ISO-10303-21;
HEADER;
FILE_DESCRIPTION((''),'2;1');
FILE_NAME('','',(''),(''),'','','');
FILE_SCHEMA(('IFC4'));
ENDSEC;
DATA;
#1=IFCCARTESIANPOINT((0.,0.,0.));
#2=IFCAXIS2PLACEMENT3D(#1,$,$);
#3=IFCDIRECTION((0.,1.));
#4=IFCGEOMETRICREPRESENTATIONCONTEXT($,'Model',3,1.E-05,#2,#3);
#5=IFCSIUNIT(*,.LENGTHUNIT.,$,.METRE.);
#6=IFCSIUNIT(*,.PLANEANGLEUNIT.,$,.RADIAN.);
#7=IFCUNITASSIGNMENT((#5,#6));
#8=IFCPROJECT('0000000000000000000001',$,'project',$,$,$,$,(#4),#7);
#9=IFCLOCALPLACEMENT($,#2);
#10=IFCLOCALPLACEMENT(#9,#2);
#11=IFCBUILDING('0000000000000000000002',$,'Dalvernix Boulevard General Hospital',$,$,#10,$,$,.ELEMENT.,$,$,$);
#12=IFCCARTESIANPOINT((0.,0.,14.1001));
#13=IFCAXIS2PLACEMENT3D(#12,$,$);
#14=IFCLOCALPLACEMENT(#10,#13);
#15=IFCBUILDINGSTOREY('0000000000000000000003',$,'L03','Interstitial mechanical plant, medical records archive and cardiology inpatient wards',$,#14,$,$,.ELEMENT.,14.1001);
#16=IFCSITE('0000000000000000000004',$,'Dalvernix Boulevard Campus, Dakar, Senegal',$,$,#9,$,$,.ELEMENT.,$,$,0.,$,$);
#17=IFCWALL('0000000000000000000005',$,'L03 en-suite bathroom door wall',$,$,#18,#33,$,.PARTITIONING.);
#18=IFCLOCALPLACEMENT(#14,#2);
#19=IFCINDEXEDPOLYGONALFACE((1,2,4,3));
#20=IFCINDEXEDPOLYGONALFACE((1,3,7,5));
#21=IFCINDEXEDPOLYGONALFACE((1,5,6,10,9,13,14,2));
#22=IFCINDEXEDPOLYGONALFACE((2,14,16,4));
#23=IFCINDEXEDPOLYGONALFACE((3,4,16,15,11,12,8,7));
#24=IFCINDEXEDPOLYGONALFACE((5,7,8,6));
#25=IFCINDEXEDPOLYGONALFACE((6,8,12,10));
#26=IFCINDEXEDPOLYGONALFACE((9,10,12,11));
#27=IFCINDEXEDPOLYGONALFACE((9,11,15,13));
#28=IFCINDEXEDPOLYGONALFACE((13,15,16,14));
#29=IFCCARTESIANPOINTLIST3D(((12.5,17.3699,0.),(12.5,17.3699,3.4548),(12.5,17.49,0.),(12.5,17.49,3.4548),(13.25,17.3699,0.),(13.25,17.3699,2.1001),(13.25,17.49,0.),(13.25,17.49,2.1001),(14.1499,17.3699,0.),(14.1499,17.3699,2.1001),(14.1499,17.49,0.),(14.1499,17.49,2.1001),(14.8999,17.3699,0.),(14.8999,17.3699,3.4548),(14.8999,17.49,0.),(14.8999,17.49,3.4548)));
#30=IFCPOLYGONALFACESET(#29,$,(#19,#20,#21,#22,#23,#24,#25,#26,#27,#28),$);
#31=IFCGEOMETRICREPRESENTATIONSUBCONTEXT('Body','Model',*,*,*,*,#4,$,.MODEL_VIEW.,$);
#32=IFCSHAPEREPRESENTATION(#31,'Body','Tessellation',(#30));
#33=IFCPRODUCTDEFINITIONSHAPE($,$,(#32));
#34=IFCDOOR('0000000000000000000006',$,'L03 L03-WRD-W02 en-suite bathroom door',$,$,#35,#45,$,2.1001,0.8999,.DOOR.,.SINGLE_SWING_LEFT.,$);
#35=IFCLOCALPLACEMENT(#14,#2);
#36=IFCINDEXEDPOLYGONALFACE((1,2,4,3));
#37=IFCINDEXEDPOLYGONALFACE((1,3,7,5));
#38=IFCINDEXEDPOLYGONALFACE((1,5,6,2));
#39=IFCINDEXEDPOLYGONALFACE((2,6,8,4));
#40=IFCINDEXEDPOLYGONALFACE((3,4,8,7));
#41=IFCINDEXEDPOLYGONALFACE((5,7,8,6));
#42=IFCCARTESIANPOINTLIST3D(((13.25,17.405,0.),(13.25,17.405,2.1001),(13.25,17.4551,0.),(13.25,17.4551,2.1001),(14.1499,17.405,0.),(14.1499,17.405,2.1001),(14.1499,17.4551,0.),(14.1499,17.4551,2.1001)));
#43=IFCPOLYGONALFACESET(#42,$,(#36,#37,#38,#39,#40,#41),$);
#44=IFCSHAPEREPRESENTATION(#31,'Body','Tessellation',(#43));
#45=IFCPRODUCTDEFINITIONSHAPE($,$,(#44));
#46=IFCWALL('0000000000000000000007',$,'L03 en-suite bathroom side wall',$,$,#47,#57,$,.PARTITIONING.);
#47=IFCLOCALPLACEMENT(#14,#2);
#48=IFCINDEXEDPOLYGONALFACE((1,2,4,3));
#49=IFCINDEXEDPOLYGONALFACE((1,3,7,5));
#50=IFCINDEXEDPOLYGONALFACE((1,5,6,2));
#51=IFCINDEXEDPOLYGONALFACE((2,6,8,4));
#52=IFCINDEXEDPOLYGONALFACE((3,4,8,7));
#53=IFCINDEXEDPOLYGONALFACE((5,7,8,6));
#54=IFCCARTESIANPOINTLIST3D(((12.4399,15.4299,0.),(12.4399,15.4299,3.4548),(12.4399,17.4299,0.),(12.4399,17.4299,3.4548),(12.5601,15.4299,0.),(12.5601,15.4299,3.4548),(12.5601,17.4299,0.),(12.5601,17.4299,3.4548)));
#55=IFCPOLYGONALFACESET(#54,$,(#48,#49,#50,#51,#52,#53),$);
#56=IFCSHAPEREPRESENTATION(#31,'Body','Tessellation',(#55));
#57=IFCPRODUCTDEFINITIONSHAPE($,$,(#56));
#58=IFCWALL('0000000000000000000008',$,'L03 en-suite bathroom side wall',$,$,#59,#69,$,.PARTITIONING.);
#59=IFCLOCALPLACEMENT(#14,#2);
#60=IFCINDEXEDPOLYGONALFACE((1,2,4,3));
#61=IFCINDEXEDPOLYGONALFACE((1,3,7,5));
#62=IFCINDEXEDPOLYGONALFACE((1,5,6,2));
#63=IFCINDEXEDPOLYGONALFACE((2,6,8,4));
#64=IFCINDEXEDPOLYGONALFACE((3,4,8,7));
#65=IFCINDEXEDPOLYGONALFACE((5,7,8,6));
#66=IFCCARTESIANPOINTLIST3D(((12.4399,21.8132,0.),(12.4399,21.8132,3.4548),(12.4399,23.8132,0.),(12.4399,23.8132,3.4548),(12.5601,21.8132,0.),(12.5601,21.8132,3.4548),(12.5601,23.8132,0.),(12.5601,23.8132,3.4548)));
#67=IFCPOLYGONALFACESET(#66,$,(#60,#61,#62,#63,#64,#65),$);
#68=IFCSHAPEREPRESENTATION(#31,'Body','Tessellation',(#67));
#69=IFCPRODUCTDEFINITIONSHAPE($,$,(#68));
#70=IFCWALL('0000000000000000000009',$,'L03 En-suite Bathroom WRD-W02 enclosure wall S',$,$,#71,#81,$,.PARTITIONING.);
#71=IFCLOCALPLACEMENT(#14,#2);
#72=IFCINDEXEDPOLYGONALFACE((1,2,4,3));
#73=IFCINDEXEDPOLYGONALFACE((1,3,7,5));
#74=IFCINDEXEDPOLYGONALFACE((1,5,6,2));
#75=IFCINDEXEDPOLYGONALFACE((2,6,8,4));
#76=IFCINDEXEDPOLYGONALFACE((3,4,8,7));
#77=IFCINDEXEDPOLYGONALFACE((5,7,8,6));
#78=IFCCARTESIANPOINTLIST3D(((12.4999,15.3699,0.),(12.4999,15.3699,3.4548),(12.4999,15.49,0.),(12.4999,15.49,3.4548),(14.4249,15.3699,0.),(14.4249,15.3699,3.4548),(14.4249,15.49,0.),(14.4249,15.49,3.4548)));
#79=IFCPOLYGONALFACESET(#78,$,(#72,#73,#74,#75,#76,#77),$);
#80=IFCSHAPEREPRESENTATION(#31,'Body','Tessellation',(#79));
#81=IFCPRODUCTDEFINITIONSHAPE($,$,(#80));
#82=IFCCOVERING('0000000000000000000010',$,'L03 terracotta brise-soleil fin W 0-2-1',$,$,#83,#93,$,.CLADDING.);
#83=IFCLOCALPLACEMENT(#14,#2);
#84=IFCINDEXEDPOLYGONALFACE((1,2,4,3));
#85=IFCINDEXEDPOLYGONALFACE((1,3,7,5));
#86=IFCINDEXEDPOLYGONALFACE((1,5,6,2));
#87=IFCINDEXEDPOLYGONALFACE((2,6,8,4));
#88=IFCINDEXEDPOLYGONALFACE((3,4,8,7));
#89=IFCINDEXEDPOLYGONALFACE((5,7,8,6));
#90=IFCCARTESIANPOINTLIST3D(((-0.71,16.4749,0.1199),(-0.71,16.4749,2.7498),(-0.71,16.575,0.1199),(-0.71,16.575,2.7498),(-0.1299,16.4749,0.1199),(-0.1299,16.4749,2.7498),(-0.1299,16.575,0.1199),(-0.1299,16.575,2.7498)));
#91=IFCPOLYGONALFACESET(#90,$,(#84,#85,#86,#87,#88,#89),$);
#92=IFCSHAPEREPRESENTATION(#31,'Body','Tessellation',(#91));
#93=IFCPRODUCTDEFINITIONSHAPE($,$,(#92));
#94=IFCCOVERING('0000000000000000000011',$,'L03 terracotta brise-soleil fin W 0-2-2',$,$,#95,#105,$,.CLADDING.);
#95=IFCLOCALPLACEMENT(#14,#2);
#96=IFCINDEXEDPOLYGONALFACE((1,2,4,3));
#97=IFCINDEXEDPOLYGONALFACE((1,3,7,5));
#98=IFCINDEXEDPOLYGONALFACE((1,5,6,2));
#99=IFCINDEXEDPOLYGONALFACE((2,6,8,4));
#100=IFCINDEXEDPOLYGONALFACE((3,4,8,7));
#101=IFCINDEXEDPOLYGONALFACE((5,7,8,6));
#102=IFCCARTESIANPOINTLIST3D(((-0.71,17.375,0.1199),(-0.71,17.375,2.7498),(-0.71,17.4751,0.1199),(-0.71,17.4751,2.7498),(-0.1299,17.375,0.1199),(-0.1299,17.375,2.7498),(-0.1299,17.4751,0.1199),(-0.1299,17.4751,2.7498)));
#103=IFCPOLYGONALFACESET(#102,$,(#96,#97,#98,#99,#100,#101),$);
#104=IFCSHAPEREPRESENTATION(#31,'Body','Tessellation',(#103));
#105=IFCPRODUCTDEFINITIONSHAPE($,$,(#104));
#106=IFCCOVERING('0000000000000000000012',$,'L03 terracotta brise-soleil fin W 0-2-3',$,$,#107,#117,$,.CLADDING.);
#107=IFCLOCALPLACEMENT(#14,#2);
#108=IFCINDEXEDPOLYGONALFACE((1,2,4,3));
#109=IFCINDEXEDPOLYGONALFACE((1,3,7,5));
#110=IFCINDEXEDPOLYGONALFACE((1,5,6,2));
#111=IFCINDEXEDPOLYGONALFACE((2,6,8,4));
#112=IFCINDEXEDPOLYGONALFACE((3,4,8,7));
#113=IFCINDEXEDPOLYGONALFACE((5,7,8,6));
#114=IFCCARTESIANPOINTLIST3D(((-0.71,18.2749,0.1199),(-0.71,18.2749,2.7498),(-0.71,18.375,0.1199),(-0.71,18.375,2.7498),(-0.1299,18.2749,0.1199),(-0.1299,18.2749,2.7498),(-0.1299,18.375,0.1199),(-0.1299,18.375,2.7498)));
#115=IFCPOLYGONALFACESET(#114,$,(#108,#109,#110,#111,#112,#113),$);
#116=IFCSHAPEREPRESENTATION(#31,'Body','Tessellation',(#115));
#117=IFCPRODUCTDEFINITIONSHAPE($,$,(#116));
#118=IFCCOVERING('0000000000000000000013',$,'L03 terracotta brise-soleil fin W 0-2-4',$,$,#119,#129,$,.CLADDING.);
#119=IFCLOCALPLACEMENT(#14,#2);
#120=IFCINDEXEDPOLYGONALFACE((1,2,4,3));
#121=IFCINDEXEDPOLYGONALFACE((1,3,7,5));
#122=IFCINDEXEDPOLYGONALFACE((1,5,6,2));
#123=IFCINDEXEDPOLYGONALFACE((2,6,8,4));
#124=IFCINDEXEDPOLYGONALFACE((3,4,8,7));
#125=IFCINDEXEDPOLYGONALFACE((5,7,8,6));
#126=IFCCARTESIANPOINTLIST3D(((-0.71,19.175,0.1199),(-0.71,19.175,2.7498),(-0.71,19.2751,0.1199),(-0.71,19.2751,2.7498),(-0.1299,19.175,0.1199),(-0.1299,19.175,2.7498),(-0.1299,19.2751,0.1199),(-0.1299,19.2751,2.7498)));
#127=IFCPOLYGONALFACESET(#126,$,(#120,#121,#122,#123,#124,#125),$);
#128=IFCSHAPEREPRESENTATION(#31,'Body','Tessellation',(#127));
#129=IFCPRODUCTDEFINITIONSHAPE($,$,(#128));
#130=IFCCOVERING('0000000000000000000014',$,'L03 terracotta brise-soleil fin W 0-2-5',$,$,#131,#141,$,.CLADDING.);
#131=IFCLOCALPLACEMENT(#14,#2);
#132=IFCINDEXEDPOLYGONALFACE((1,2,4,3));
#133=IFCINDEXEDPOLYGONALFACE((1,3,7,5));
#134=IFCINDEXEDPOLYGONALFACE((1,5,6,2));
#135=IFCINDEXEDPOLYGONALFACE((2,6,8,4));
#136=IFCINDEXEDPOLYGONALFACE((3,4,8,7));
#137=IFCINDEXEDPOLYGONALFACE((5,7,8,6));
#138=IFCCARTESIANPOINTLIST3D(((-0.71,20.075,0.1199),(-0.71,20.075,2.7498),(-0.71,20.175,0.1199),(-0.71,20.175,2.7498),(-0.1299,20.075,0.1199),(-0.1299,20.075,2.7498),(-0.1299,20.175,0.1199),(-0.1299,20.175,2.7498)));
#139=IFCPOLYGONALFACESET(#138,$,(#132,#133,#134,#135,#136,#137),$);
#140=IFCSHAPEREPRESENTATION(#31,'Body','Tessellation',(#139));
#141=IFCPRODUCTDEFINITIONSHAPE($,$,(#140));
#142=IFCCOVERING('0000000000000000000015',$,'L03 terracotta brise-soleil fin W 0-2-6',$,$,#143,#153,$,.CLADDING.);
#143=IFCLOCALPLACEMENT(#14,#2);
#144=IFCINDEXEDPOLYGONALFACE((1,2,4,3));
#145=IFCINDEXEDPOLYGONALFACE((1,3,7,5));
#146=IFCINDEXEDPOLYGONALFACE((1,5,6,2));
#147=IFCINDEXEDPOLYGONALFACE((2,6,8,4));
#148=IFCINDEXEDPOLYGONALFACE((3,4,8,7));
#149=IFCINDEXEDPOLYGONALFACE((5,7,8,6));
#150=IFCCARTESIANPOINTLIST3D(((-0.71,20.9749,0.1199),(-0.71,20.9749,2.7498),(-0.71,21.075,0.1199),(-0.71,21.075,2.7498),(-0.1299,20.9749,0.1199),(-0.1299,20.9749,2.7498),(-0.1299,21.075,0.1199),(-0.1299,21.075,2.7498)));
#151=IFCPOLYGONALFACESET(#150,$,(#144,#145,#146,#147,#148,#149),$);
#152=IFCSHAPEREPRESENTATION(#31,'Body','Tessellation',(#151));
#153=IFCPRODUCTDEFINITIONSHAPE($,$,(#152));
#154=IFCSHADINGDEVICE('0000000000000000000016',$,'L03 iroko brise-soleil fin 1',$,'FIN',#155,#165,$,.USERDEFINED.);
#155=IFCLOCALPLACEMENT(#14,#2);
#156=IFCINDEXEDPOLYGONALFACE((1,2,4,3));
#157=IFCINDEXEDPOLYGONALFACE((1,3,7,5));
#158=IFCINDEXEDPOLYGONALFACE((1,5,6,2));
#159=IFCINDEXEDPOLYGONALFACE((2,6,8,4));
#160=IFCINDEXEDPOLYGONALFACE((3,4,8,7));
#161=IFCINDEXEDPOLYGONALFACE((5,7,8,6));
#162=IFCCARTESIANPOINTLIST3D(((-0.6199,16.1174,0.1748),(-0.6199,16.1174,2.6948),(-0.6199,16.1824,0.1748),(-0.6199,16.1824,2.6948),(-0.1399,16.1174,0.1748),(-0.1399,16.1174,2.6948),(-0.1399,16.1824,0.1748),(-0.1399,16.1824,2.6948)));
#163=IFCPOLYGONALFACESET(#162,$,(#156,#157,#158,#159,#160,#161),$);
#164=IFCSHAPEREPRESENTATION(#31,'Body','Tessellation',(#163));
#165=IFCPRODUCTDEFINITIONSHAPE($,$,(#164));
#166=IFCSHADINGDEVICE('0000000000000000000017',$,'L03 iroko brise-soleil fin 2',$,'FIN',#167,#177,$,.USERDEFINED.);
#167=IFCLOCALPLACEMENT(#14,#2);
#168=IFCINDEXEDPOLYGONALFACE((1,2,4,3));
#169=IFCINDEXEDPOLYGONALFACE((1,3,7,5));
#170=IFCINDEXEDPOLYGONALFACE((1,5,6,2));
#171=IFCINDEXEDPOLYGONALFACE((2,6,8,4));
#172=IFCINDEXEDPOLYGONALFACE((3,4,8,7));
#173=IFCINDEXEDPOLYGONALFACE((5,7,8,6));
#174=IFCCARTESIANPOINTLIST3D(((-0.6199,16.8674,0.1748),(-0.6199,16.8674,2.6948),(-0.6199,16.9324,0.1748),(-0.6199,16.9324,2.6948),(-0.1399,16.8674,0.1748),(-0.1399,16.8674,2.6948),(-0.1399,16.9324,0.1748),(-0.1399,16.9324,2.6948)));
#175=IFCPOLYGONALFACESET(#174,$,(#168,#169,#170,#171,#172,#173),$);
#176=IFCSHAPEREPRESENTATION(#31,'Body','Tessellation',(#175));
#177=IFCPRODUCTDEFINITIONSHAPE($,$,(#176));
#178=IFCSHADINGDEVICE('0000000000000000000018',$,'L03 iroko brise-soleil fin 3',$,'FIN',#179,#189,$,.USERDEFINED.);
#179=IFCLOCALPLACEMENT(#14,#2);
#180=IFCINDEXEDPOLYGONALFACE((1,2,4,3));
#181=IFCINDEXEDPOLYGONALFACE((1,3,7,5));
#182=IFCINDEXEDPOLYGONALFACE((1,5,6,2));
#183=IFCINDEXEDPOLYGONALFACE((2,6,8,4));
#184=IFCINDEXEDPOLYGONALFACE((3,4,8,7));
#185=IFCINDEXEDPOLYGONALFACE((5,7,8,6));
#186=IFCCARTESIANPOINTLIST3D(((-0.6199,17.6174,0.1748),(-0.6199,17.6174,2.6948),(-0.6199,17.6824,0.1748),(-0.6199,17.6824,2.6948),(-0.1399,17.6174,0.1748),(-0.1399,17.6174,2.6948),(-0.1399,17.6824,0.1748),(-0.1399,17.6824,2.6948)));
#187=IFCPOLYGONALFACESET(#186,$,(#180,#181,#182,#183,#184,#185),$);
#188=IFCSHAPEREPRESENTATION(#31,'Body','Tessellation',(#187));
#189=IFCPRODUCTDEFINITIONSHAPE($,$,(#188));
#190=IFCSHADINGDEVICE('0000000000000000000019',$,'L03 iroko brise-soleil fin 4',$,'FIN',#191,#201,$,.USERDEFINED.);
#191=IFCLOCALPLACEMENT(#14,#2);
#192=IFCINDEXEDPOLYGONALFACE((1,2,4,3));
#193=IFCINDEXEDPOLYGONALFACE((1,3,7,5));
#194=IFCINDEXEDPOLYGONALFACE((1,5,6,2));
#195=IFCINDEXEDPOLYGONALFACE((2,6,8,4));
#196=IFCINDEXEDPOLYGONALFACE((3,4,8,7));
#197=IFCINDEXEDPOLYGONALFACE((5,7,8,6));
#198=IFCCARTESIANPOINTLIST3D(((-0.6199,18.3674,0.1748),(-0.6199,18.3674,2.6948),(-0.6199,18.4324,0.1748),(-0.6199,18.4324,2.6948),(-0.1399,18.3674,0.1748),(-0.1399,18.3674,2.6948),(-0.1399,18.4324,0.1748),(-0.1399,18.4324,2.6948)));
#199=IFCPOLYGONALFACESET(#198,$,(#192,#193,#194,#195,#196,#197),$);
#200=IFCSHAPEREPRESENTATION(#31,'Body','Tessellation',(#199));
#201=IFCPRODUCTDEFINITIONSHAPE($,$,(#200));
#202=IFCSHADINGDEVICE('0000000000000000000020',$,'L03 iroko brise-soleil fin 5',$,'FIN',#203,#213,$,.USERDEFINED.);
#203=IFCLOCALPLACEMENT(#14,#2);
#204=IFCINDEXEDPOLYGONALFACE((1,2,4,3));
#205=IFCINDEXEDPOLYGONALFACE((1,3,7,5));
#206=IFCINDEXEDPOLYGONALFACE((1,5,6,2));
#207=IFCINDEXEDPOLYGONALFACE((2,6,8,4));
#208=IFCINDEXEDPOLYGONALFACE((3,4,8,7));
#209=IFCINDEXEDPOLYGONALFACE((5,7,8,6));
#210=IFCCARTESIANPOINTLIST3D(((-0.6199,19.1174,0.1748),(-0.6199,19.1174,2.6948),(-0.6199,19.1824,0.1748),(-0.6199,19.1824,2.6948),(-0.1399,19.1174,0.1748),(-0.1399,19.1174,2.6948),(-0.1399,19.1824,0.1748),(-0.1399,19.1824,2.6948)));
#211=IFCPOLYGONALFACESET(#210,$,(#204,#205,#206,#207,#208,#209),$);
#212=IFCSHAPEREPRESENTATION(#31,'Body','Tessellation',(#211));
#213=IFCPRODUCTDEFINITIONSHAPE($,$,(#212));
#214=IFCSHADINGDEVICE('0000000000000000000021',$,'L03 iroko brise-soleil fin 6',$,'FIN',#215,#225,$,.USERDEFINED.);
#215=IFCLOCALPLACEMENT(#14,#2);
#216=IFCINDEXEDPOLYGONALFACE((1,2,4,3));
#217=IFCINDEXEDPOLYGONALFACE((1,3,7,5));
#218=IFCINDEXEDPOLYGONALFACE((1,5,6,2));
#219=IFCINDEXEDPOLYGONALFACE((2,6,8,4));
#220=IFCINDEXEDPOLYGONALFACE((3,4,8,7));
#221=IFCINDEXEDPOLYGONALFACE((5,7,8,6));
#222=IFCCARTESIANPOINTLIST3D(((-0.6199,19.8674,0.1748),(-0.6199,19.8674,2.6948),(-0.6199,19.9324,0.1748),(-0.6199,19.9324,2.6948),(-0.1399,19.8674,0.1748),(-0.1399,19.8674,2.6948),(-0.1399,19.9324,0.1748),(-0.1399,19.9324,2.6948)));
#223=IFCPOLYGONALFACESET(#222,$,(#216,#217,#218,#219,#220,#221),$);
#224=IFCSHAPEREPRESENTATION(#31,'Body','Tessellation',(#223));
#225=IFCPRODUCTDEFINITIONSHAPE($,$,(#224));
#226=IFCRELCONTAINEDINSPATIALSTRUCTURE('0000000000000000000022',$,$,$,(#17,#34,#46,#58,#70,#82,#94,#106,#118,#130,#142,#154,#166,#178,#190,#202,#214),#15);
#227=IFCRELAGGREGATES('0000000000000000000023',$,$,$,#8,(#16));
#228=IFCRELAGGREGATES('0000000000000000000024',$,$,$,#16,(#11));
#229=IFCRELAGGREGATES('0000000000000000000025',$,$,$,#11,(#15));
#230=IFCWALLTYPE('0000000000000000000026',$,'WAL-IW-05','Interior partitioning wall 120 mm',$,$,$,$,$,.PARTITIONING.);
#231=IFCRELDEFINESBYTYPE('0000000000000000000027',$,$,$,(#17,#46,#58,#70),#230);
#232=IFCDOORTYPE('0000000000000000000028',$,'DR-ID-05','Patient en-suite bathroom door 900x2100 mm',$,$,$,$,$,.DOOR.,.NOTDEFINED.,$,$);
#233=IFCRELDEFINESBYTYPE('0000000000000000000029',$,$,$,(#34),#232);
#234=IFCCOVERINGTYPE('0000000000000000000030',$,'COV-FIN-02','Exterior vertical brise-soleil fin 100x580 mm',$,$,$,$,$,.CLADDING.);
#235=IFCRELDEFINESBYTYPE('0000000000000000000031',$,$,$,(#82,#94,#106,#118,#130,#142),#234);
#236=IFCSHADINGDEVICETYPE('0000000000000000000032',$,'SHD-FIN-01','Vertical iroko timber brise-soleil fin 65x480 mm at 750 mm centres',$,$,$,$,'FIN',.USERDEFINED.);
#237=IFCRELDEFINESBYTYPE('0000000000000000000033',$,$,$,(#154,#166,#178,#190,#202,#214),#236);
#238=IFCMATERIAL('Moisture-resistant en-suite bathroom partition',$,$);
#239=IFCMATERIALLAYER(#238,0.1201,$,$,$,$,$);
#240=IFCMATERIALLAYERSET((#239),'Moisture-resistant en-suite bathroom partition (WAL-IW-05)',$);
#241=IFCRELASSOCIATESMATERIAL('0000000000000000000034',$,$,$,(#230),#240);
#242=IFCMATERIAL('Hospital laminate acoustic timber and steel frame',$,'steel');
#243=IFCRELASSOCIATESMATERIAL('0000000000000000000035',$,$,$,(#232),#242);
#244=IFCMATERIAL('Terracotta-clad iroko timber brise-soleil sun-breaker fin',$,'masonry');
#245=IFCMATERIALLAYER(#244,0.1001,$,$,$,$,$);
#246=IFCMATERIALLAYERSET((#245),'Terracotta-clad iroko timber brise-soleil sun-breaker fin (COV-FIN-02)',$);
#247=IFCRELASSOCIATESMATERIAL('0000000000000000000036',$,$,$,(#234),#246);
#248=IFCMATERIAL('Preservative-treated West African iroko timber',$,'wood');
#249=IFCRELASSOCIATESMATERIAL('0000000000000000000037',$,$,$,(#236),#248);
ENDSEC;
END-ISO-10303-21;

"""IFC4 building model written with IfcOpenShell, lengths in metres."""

from ifc_helpers import new_model, si_unit, direction, frame, frame_2d, origin, origin_2d, place, context, subcontext, project, spatial, rectangle, extrude, material, layer, layer_set, type_object, element, fill, save


model = new_model("IFC4")

# Units and contexts
model_context = context("Model", 3, precision=1e-05, world=origin(), true_north=direction((0.0, 1.0)))
body_context = subcontext(model_context, "Body", "Model", "MODEL_VIEW")
ifc_project = project(units=[si_unit("LENGTHUNIT", "METRE"), si_unit("PLANEANGLEUNIT", "RADIAN")], contexts=[model_context])

# Site, building, storey
site_placement = place(None, origin())
site = spatial("IfcSite", under=ifc_project, at=site_placement, Name="Dalvernix Boulevard Campus, Dakar, Senegal", CompositionType="ELEMENT", RefElevation=0.0)
building_placement = place(site_placement, origin())
building = spatial("IfcBuilding", under=site, at=building_placement, Name="Dalvernix Boulevard General Hospital", CompositionType="ELEMENT")
storey_placement = place(building_placement, frame((0.0, 0.0, 14.1001)))
storey = spatial("IfcBuildingStorey", under=building, at=storey_placement, Name="L03", Description="Interstitial mechanical plant, medical records archive and cardiology inpatient wards", CompositionType="ELEMENT", Elevation=14.1001)

# Shared definitions
ifc_material_1 = material(Name="Hospital laminate acoustic timber and steel frame", Category="steel")

# Wall, opening, door
ifc_material_2 = material(Name="Moisture-resistant en-suite bathroom partition")
ifc_layer_1 = layer(ifc_material_2, 0.1201)
ifc_layer_set_1 = layer_set([ifc_layer_1], Name="Moisture-resistant en-suite bathroom partition (WAL-IW-05)")
wall_type_1 = type_object("IfcWallType", Name="WAL-IW-05", Description="Interior partitioning wall 120 mm", PredefinedType="PARTITIONING", material=ifc_layer_set_1)
wall_1_placement = place(storey_placement, frame((14.8999, 17.4299, 0.0), z_axis=(0.0, 0.0, 1.0), x_axis=(-1.0, 0.0, 0.0)))
wall_1 = element("IfcWall", 1, at=wall_1_placement, inside=storey, type_object=wall_type_1, Name="L03 en-suite bathroom door wall", PredefinedType="PARTITIONING", context=body_context, shape_type="SweptSolid", body=[
    extrude(rectangle(XDim=2.3999, YDim=0.1201, at=frame_2d((1.2, 0.0))), origin(), (0.0, 0.0, 1.0), 3.4548),
])
opening_1_placement = place(wall_1_placement, frame((0.75, 0.0, 0.0)))
opening_1 = element("IfcOpeningElement", 2, at=opening_1_placement, cuts=wall_1, PredefinedType="OPENING", context=body_context, shape_type="SweptSolid", body=[
    extrude(rectangle(XDim=0.8999, YDim=2.1001, at=frame_2d((0.45, 1.05))), frame((0.0, 0.0701, 0.0), z_axis=(0.0, -1.0, 0.0), x_axis=(1.0, 0.0, 0.0)), (0.0, 0.0, 1.0), 0.1401),
])
door_type_1 = type_object("IfcDoorType", Name="DR-ID-05", Description="Patient en-suite bathroom door 900x2100 mm", OperationType="NOTDEFINED", PredefinedType="DOOR", material=ifc_material_1)
door_1_placement = place(opening_1_placement, origin())
door_1 = element("IfcDoor", 3, at=door_1_placement, inside=storey, type_object=door_type_1, Name="L03 L03-WRD-W02 en-suite bathroom door", OperationType="SINGLE_SWING_LEFT", OverallHeight=2.1001, OverallWidth=0.8999, PredefinedType="DOOR", context=body_context, shape_type="SweptSolid", body=[
    extrude(rectangle(XDim=0.8999, YDim=2.1001, at=frame_2d((0.45, 1.05))), frame((0.0, 0.0249, 0.0), z_axis=(0.0, -1.0, 0.0), x_axis=(1.0, 0.0, 0.0)), (0.0, 0.0, 1.0), 0.05),
])
fill(opening_1, door_1)

# Walls
for number, where, z_axis, x_axis, name in (
    (4, (12.5, 15.4299, 0.0), (0.0, 0.0, 1.0), (0.0, 1.0, 0.0), "L03 en-suite bathroom side wall"),
    (5, (12.5, 21.8132, 0.0), (0.0, 0.0, 1.0), (0.0, 1.0, 0.0), "L03 en-suite bathroom side wall"),
):
    element("IfcWall", number, at=place(storey_placement, frame(where, z_axis=z_axis, x_axis=x_axis)), inside=storey, type_object=wall_type_1, Name=name, PredefinedType="PARTITIONING", context=body_context, shape_type="SweptSolid", body=[
        extrude(rectangle(XDim=2.0, YDim=0.1201, at=frame_2d((1.0, 0.0))), origin(), (0.0, 0.0, 1.0), 3.4548),
    ])
wall_2_placement = place(storey_placement, frame((12.5, 15.4299, 0.0), z_axis=(0.0, 0.0, 1.0), x_axis=(1.0, 0.0, 0.0)))
element("IfcWall", 6, at=wall_2_placement, inside=storey, type_object=wall_type_1, Name="L03 En-suite Bathroom WRD-W02 enclosure wall S", PredefinedType="PARTITIONING", context=body_context, shape_type="SweptSolid", body=[
    extrude(rectangle(XDim=1.925, YDim=0.1201, at=frame_2d((0.9624, 0.0))), origin(), (0.0, 0.0, 1.0), 3.4548),
])

# Coverings
ifc_material_3 = material(Name="Terracotta-clad iroko timber brise-soleil sun-breaker fin", Category="masonry")
ifc_layer_2 = layer(ifc_material_3, 0.1001)
ifc_layer_set_2 = layer_set([ifc_layer_2], Name="Terracotta-clad iroko timber brise-soleil sun-breaker fin (COV-FIN-02)")
covering_type = type_object("IfcCoveringType", Name="COV-FIN-02", Description="Exterior vertical brise-soleil fin 100x580 mm", PredefinedType="CLADDING", material=ifc_layer_set_2)
for number, where, z_axis, x_axis, name in (
    (7, (-0.4199, 16.5249, 0.1199), (0.0, 0.0, 1.0), (0.0, 1.0, 0.0), "L03 terracotta brise-soleil fin W 0-2-1"),
    (8, (-0.4199, 17.425, 0.1199), (0.0, 0.0, 1.0), (0.0, 1.0, 0.0), "L03 terracotta brise-soleil fin W 0-2-2"),
    (9, (-0.4199, 18.325, 0.1199), (0.0, 0.0, 1.0), (0.0, 1.0, 0.0), "L03 terracotta brise-soleil fin W 0-2-3"),
    (10, (-0.4199, 19.2251, 0.1199), (0.0, 0.0, 1.0), (0.0, 1.0, 0.0), "L03 terracotta brise-soleil fin W 0-2-4"),
    (11, (-0.4199, 20.125, 0.1199), (0.0, 0.0, 1.0), (0.0, 1.0, 0.0), "L03 terracotta brise-soleil fin W 0-2-5"),
    (12, (-0.4199, 21.0249, 0.1199), (0.0, 0.0, 1.0), (0.0, 1.0, 0.0), "L03 terracotta brise-soleil fin W 0-2-6"),
):
    element("IfcCovering", number, at=place(storey_placement, frame(where, z_axis=z_axis, x_axis=x_axis)), inside=storey, type_object=covering_type, Name=name, PredefinedType="CLADDING", context=body_context, shape_type="SweptSolid", body=[
        extrude(rectangle(XDim=0.1001, YDim=0.5801, at=origin_2d()), origin(), (0.0, 0.0, 1.0), 2.6299),
    ])

# Shading devices
ifc_material_4 = material(Name="Preservative-treated West African iroko timber", Category="wood")
shading_device_type = type_object("IfcShadingDeviceType", Name="SHD-FIN-01", Description="Vertical iroko timber brise-soleil fin 65x480 mm at 750 mm centres", ElementType="FIN", PredefinedType="USERDEFINED", material=ifc_material_4)
for number, where, z_axis, x_axis, name in (
    (13, (-0.3799, 16.1499, 0.1748), (0.0, 0.0, 1.0), (0.0, 1.0, 0.0), "L03 iroko brise-soleil fin 1"),
    (14, (-0.3799, 16.8999, 0.1748), (0.0, 0.0, 1.0), (0.0, 1.0, 0.0), "L03 iroko brise-soleil fin 2"),
    (15, (-0.3799, 17.6499, 0.1748), (0.0, 0.0, 1.0), (0.0, 1.0, 0.0), "L03 iroko brise-soleil fin 3"),
    (16, (-0.3799, 18.3999, 0.1748), (0.0, 0.0, 1.0), (0.0, 1.0, 0.0), "L03 iroko brise-soleil fin 4"),
    (17, (-0.3799, 19.1499, 0.1748), (0.0, 0.0, 1.0), (0.0, 1.0, 0.0), "L03 iroko brise-soleil fin 5"),
    (18, (-0.3799, 19.8999, 0.1748), (0.0, 0.0, 1.0), (0.0, 1.0, 0.0), "L03 iroko brise-soleil fin 6"),
):
    element("IfcShadingDevice", number, at=place(storey_placement, frame(where, z_axis=z_axis, x_axis=x_axis)), inside=storey, type_object=shading_device_type, Name=name, ObjectType="FIN", PredefinedType="USERDEFINED", context=body_context, shape_type="SweptSolid", body=[
        extrude(rectangle(XDim=0.0649, YDim=0.48, at=origin_2d()), origin(), (0.0, 0.0, 1.0), 2.52),
    ])

save(model, "model.ifc")
